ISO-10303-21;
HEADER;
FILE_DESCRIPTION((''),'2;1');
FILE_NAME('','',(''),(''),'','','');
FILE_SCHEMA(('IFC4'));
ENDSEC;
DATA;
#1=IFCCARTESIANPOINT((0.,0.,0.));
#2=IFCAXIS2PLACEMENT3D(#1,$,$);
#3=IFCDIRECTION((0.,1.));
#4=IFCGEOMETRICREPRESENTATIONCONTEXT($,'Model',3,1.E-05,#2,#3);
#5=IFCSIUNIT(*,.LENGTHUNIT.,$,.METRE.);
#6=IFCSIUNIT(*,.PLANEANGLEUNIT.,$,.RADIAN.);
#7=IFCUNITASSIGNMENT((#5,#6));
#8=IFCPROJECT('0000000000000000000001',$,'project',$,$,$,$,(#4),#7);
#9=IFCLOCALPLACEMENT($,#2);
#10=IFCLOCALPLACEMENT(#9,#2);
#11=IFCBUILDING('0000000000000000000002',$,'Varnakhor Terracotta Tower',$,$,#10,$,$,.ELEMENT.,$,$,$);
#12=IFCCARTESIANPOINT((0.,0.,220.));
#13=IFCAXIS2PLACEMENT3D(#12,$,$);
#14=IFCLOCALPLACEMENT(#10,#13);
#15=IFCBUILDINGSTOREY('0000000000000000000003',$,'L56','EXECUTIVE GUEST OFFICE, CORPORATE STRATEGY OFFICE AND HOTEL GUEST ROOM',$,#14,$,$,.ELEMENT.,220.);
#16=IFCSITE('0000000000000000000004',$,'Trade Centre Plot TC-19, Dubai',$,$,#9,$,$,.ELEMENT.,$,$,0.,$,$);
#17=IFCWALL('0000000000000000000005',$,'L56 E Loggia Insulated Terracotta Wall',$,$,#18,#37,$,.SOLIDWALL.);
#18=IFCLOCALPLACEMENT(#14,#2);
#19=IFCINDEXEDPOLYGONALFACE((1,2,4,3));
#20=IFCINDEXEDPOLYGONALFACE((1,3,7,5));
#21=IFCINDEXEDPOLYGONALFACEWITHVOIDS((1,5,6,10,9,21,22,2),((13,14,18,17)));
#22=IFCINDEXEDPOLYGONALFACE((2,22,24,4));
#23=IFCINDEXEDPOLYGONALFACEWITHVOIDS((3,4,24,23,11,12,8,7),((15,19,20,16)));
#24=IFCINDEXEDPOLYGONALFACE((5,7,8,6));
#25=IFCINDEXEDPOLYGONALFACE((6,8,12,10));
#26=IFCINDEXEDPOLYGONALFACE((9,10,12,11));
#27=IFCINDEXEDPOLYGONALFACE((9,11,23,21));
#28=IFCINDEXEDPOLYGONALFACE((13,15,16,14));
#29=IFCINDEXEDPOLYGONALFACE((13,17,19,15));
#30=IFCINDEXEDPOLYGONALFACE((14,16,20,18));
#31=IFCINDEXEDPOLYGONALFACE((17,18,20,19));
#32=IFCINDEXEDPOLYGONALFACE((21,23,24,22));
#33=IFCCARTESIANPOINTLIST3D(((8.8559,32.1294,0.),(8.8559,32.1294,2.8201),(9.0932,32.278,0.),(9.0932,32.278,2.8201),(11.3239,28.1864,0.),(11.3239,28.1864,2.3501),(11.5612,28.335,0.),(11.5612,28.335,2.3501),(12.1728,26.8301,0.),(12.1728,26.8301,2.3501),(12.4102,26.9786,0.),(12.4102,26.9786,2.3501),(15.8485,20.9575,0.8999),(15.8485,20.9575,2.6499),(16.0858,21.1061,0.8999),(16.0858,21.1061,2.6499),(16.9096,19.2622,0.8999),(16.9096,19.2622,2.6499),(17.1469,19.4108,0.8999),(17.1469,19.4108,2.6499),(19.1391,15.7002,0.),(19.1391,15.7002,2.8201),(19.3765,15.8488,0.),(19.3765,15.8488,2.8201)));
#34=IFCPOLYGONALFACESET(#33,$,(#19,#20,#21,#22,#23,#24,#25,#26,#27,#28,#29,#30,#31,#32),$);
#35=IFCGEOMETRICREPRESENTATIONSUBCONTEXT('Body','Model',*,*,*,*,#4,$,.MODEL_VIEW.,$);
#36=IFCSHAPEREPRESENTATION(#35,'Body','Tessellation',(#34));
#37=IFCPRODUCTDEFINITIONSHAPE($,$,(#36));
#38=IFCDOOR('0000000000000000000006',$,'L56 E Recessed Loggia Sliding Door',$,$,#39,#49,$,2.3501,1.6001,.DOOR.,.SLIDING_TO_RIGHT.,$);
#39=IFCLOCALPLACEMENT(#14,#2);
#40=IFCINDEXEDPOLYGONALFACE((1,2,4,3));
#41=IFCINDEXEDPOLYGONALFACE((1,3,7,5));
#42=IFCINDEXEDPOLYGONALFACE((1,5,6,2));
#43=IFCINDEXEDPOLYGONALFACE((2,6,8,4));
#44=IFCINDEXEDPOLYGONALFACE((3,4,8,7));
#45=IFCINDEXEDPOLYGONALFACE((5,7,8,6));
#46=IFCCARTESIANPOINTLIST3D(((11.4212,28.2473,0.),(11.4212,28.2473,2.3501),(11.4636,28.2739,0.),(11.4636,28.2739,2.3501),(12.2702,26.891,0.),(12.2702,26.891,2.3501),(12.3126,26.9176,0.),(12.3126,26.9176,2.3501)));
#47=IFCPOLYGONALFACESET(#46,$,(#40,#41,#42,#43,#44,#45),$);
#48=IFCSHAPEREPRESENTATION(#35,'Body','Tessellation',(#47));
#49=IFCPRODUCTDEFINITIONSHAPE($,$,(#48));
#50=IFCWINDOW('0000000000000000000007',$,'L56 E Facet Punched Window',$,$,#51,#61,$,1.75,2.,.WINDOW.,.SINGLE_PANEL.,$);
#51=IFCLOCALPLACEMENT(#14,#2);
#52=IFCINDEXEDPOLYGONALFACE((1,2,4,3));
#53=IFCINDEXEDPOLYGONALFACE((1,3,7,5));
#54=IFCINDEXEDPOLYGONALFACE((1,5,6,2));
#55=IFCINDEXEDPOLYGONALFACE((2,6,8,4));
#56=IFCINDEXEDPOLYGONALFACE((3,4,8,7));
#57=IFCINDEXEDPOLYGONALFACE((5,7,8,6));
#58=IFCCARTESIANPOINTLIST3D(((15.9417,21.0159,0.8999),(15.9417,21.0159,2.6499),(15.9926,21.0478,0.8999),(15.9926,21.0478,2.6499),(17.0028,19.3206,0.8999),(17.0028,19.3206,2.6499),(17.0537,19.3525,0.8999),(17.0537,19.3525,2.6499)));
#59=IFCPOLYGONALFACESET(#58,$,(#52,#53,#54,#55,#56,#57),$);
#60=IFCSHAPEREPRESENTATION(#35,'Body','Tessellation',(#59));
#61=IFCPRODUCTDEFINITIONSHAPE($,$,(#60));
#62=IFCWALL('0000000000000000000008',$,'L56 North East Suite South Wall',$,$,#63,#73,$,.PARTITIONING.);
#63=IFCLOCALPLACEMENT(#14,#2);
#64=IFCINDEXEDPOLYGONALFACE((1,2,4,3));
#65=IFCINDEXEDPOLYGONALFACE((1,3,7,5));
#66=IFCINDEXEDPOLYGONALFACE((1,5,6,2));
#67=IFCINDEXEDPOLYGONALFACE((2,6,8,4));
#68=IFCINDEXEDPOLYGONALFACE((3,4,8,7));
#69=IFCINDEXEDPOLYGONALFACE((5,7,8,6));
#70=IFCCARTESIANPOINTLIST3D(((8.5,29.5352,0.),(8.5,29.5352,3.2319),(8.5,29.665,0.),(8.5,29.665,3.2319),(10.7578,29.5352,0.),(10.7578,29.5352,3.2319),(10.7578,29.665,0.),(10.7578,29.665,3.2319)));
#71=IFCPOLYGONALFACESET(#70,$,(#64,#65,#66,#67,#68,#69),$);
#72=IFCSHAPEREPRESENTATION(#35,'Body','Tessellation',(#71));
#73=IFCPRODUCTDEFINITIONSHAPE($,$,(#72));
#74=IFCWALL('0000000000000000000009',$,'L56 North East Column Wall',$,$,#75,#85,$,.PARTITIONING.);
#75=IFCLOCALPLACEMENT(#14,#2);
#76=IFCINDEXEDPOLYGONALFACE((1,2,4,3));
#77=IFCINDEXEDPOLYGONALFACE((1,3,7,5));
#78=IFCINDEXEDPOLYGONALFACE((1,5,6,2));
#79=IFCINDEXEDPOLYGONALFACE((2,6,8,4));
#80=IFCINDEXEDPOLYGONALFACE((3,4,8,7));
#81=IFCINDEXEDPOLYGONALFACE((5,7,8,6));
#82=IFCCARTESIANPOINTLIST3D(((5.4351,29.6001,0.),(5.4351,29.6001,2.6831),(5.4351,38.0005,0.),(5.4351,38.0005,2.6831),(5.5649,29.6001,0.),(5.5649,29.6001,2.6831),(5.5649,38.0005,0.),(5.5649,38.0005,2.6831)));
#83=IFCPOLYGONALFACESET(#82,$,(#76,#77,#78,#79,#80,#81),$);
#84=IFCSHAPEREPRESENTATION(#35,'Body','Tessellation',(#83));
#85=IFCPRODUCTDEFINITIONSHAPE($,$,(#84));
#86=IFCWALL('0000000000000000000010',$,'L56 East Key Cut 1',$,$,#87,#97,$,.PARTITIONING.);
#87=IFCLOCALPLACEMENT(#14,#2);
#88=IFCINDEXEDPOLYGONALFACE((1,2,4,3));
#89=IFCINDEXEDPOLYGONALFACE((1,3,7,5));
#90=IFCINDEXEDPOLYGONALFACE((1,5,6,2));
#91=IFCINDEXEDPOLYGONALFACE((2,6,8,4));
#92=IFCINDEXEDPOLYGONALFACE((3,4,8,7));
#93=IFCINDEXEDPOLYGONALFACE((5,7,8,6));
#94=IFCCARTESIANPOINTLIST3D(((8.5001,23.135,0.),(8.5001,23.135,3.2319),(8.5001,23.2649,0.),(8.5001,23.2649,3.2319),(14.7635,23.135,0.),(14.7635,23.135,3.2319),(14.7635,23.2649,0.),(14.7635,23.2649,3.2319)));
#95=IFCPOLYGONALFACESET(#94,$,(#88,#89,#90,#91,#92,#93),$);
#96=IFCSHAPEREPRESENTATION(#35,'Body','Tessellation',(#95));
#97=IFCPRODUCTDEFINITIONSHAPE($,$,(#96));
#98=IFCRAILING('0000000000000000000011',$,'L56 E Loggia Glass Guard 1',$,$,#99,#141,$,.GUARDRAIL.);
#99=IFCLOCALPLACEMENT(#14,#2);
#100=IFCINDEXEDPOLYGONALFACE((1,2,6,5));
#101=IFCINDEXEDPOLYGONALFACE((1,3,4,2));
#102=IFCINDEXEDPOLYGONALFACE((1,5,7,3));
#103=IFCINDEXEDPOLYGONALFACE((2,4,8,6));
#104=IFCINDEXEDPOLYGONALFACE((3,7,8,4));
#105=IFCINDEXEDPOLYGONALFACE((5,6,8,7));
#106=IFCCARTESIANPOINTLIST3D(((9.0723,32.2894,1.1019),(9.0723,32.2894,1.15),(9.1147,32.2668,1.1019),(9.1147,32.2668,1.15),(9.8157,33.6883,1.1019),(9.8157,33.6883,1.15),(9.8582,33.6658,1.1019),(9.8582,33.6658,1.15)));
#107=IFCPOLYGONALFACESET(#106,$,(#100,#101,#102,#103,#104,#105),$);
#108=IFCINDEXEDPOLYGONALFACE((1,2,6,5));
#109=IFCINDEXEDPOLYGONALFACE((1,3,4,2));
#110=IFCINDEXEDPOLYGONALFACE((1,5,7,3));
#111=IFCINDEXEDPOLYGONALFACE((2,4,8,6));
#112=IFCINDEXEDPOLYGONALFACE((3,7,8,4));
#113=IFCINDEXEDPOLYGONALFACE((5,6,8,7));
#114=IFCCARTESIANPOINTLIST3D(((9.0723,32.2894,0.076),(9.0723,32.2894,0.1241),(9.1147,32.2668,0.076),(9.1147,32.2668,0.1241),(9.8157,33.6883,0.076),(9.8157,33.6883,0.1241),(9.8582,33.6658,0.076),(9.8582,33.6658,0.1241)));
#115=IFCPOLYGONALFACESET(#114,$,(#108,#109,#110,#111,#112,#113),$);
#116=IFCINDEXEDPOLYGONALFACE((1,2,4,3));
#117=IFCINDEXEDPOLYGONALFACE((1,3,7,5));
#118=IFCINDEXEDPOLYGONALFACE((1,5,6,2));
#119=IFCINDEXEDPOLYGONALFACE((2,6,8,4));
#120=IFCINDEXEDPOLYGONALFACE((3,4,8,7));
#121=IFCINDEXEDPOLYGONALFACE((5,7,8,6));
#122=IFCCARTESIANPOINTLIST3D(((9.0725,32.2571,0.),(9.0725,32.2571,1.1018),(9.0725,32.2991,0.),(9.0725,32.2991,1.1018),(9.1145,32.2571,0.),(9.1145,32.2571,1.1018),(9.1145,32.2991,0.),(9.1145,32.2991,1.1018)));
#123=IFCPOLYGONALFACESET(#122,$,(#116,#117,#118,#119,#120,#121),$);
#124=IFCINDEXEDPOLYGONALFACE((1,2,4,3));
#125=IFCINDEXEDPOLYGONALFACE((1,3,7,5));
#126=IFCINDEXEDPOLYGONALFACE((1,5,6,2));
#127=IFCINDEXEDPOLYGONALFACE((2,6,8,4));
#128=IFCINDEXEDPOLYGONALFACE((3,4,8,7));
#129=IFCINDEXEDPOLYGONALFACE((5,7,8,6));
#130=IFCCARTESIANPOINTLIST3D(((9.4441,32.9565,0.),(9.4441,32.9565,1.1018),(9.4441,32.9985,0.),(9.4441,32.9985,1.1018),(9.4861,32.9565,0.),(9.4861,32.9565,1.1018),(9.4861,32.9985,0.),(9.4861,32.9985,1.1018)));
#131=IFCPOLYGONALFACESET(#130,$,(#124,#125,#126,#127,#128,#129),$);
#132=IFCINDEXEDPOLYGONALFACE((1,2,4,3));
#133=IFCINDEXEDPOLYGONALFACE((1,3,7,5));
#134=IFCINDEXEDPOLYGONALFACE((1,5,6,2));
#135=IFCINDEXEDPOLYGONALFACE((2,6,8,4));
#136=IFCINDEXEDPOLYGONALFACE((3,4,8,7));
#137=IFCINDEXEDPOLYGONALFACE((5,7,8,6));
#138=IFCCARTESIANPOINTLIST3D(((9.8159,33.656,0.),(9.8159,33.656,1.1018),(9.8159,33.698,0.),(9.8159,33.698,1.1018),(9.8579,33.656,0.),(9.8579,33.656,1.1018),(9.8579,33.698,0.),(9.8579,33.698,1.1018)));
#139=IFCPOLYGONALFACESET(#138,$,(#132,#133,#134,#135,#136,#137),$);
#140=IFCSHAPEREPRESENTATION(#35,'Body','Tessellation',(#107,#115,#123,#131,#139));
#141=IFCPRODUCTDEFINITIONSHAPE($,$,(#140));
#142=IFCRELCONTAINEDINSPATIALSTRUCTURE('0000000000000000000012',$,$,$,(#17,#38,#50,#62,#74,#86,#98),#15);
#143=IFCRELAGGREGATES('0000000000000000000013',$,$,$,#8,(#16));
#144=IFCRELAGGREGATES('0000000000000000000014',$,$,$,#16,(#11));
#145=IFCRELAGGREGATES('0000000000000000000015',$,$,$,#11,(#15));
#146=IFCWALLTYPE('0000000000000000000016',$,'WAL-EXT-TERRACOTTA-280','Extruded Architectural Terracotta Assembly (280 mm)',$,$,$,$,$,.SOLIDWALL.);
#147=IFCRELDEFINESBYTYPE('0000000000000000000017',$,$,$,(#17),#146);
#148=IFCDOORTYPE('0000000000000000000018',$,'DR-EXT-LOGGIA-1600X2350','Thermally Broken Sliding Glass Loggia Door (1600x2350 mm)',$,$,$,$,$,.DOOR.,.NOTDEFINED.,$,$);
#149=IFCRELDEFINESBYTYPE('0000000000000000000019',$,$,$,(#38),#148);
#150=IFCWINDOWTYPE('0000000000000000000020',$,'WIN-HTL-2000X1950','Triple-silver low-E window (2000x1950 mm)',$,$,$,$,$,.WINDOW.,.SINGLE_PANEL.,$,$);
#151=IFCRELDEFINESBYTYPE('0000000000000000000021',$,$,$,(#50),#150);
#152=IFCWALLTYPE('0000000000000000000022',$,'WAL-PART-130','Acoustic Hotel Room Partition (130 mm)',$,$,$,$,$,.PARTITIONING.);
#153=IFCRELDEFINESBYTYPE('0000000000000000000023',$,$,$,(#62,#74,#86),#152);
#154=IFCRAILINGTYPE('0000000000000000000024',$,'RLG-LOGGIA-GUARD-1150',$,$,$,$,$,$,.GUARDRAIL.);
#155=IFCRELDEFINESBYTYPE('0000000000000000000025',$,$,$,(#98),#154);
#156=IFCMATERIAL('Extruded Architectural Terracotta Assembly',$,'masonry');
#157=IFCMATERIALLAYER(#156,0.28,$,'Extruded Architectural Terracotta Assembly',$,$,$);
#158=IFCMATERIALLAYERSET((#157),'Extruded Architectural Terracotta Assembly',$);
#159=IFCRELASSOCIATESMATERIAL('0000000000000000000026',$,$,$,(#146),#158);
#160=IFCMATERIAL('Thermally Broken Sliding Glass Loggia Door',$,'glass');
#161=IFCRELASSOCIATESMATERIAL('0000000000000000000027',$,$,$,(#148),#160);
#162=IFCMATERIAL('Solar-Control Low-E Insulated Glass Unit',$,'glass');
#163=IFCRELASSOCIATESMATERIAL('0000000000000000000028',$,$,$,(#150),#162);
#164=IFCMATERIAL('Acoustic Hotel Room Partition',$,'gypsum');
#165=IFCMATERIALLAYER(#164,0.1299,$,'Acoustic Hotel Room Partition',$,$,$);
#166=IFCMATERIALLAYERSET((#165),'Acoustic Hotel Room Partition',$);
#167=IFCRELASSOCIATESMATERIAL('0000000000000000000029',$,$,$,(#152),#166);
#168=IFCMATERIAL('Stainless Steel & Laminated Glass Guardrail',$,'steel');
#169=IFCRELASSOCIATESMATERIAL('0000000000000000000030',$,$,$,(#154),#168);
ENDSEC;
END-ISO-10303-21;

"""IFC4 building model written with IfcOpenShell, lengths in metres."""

from ifc_helpers import new_model, si_unit, direction, frame, frame_2d, origin, origin_2d, place, context, subcontext, project, spatial, rectangle, extrude, source, transform, mapped, material, layer, layer_set, type_object, type_shapes, element, fill, save


model = new_model("IFC4")

# Units and contexts
model_context = context("Model", 3, precision=1e-05, world=origin(), true_north=direction((0.0, 1.0)))
body_context = subcontext(model_context, "Body", "Model", "MODEL_VIEW")
ifc_project = project(units=[si_unit("LENGTHUNIT", "METRE"), si_unit("PLANEANGLEUNIT", "RADIAN")], contexts=[model_context])

# Site, building, storey
site_placement = place(None, origin())
site = spatial("IfcSite", under=ifc_project, at=site_placement, Name="Trade Centre Plot TC-19, Dubai", CompositionType="ELEMENT", RefElevation=0.0)
building_placement = place(site_placement, origin())
building = spatial("IfcBuilding", under=site, at=building_placement, Name="Varnakhor Terracotta Tower", CompositionType="ELEMENT")
storey_placement = place(building_placement, frame((0.0, 0.0, 220.0)))
storey = spatial("IfcBuildingStorey", under=building, at=storey_placement, Name="L56", Description="EXECUTIVE GUEST OFFICE, CORPORATE STRATEGY OFFICE AND HOTEL GUEST ROOM", CompositionType="ELEMENT", Elevation=220.0)

# Wall, openings, door, window
ifc_material_1 = material(Name="Extruded Architectural Terracotta Assembly", Category="masonry")
ifc_layer_1 = layer(ifc_material_1, 0.28, Name="Extruded Architectural Terracotta Assembly")
ifc_layer_set_1 = layer_set([ifc_layer_1], Name="Extruded Architectural Terracotta Assembly")
wall_type_1 = type_object("IfcWallType", Name="WAL-EXT-TERRACOTTA-280", Description="Extruded Architectural Terracotta Assembly (280 mm)", PredefinedType="SOLIDWALL", material=ifc_layer_set_1)
wall_1_placement = place(storey_placement, frame((8.9746, 32.2036, 0.0), z_axis=(0.0, 0.0, 1.0), x_axis=(0.530554, -0.847651, 0.0)))
wall_1 = element("IfcWall", 1, at=wall_1_placement, inside=storey, type_object=wall_type_1, Name="L56 E Loggia Insulated Terracotta Wall", PredefinedType="SOLIDWALL", context=body_context, shape_type="SweptSolid", body=[
    extrude(rectangle(XDim=19.3821, YDim=0.28, at=frame_2d((9.6909, 0.0))), origin(), (0.0, 0.0, 1.0), 2.8201),
])
opening_1_placement = place(wall_1_placement, frame((4.6516, 0.0, 0.0)))
opening_1 = element("IfcOpeningElement", 2, at=opening_1_placement, cuts=wall_1, PredefinedType="OPENING", context=body_context, shape_type="SweptSolid", body=[
    extrude(rectangle(XDim=1.6001, YDim=2.3501, at=frame_2d((0.8, 1.175))), frame((0.0, 0.1499, 0.0), z_axis=(0.0, -1.0, 0.0), x_axis=(1.0, 0.0, 0.0)), (0.0, 0.0, 1.0), 0.3),
])
opening_2_placement = place(wall_1_placement, frame((13.1797, 0.0, 0.8999)))
opening_2 = element("IfcOpeningElement", 3, at=opening_2_placement, cuts=wall_1, PredefinedType="OPENING", context=body_context, shape_type="SweptSolid", body=[
    extrude(rectangle(XDim=2.0, YDim=1.75, at=frame_2d((1.0, 0.875))), frame((0.0, 0.1499, 0.0), z_axis=(0.0, -1.0, 0.0), x_axis=(1.0, 0.0, 0.0)), (0.0, 0.0, 1.0), 0.3),
])
ifc_material_2 = material(Name="Thermally Broken Sliding Glass Loggia Door", Category="glass")
door_type = type_object("IfcDoorType", Name="DR-EXT-LOGGIA-1600X2350", Description="Thermally Broken Sliding Glass Loggia Door (1600x2350 mm)", OperationType="NOTDEFINED", PredefinedType="DOOR", material=ifc_material_2)
shared_shape_1 = source(origin(), body_context, "Body", "SweptSolid", [
    extrude(rectangle(XDim=1.6001, YDim=2.3501, at=frame_2d((0.8, 1.175))), frame((0.0, 0.0249, 0.0), z_axis=(0.0, -1.0, 0.0), x_axis=(1.0, 0.0, 0.0)), (0.0, 0.0, 1.0), 0.05),
])
type_shapes(door_type, [shared_shape_1])
door_placement = place(opening_1_placement, origin())
door = element("IfcDoor", 4, at=door_placement, inside=storey, type_object=door_type, Name="L56 E Recessed Loggia Sliding Door", OperationType="SLIDING_TO_RIGHT", OverallHeight=2.3501, OverallWidth=1.6001, PredefinedType="DOOR", context=body_context, shape_type="MappedRepresentation", body=[
    mapped(shared_shape_1, transform((0.0, 0.0, 0.0), scale=1.0)),
])
fill(opening_1, door)
ifc_material_3 = material(Name="Solar-Control Low-E Insulated Glass Unit", Category="glass")
window_type = type_object("IfcWindowType", Name="WIN-HTL-2000X1950", Description="Triple-silver low-E window (2000x1950 mm)", PartitioningType="SINGLE_PANEL", PredefinedType="WINDOW", material=ifc_material_3)
shared_shape_2 = source(origin(), body_context, "Body", "SweptSolid", [
    extrude(rectangle(XDim=2.0, YDim=1.75, at=frame_2d((1.0, 0.875))), frame((0.0, 0.03, 0.0), z_axis=(0.0, -1.0, 0.0), x_axis=(1.0, 0.0, 0.0)), (0.0, 0.0, 1.0), 0.0601),
])
type_shapes(window_type, [shared_shape_2])
window_placement = place(opening_2_placement, origin())
window = element("IfcWindow", 5, at=window_placement, inside=storey, type_object=window_type, Name="L56 E Facet Punched Window", OverallHeight=1.75, OverallWidth=2.0, PartitioningType="SINGLE_PANEL", PredefinedType="WINDOW", context=body_context, shape_type="MappedRepresentation", body=[
    mapped(shared_shape_2, transform((0.0, 0.0, 0.0), scale=1.0)),
])
fill(opening_2, window)

# Walls
ifc_material_4 = material(Name="Acoustic Hotel Room Partition", Category="gypsum")
ifc_layer_2 = layer(ifc_material_4, 0.1299, Name="Acoustic Hotel Room Partition")
ifc_layer_set_2 = layer_set([ifc_layer_2], Name="Acoustic Hotel Room Partition")
wall_type_2 = type_object("IfcWallType", Name="WAL-PART-130", Description="Acoustic Hotel Room Partition (130 mm)", PredefinedType="PARTITIONING", material=ifc_layer_set_2)
wall_2_placement = place(storey_placement, frame((8.5, 29.6001, 0.0), z_axis=(0.0, 0.0, 1.0), x_axis=(1.0, 0.0, 0.0)))
element("IfcWall", 6, at=wall_2_placement, inside=storey, type_object=wall_type_2, Name="L56 North East Suite South Wall", PredefinedType="PARTITIONING", context=body_context, shape_type="SweptSolid", body=[
    extrude(rectangle(XDim=2.2578, YDim=0.1299, at=frame_2d((1.1289, 0.0))), origin(), (0.0, 0.0, 1.0), 3.2319),
])
wall_3_placement = place(storey_placement, frame((5.5, 29.6001, 0.0), z_axis=(0.0, 0.0, 1.0), x_axis=(0.0, 1.0, 0.0)))
element("IfcWall", 7, at=wall_3_placement, inside=storey, type_object=wall_type_2, Name="L56 North East Column Wall", PredefinedType="PARTITIONING", context=body_context, shape_type="SweptSolid", body=[
    extrude(rectangle(XDim=8.4004, YDim=0.1299, at=frame_2d((4.2002, 0.0))), origin(), (0.0, 0.0, 1.0), 2.6831),
])
wall_4_placement = place(storey_placement, frame((8.5, 23.2, 0.0), z_axis=(0.0, 0.0, 1.0), x_axis=(1.0, 0.0, 0.0)))
element("IfcWall", 8, at=wall_4_placement, inside=storey, type_object=wall_type_2, Name="L56 East Key Cut 1", PredefinedType="PARTITIONING", context=body_context, shape_type="SweptSolid", body=[
    extrude(rectangle(XDim=6.2634, YDim=0.1299, at=frame_2d((3.1318, 0.0))), origin(), (0.0, 0.0, 1.0), 3.2319),
])

# Railing
ifc_material_5 = material(Name="Stainless Steel & Laminated Glass Guardrail", Category="steel")
railing_type = type_object("IfcRailingType", Name="RLG-LOGGIA-GUARD-1150", PredefinedType="GUARDRAIL", material=ifc_material_5)
railing_1_placement = place(storey_placement, frame((9.0935, 32.2781, 0.0)))
element("IfcRailing", 9, at=railing_1_placement, inside=storey, type_object=railing_type, Name="L56 E Loggia Glass Guard 1", PredefinedType="GUARDRAIL", context=body_context, shape_type="SweptSolid", body=[
    extrude(rectangle(XDim=0.0481, YDim=0.0481, at=origin_2d()), frame((0.0, 0.0, 1.126), z_axis=(0.469268, 0.883056, 0.0), x_axis=(-0.883056, 0.469268, 0.0)), (0.0, 0.0, 1.0), 1.5842),
    extrude(rectangle(XDim=0.0481, YDim=0.0481, at=origin_2d()), frame((0.0, 0.0, 0.1001), z_axis=(0.469268, 0.883056, 0.0), x_axis=(-0.883056, 0.469268, 0.0)), (0.0, 0.0, 1.0), 1.5842),
    extrude(rectangle(XDim=0.042, YDim=0.042, at=origin_2d()), origin(), (0.0, 0.0, 1.0), 1.1018),
    extrude(rectangle(XDim=0.042, YDim=0.042, at=origin_2d()), frame((0.3716, 0.6995, 0.0)), (0.0, 0.0, 1.0), 1.1018),
    extrude(rectangle(XDim=0.042, YDim=0.042, at=origin_2d()), frame((0.7434, 1.3989, 0.0)), (0.0, 0.0, 1.0), 1.1018),
])

save(model, "model.ifc")
